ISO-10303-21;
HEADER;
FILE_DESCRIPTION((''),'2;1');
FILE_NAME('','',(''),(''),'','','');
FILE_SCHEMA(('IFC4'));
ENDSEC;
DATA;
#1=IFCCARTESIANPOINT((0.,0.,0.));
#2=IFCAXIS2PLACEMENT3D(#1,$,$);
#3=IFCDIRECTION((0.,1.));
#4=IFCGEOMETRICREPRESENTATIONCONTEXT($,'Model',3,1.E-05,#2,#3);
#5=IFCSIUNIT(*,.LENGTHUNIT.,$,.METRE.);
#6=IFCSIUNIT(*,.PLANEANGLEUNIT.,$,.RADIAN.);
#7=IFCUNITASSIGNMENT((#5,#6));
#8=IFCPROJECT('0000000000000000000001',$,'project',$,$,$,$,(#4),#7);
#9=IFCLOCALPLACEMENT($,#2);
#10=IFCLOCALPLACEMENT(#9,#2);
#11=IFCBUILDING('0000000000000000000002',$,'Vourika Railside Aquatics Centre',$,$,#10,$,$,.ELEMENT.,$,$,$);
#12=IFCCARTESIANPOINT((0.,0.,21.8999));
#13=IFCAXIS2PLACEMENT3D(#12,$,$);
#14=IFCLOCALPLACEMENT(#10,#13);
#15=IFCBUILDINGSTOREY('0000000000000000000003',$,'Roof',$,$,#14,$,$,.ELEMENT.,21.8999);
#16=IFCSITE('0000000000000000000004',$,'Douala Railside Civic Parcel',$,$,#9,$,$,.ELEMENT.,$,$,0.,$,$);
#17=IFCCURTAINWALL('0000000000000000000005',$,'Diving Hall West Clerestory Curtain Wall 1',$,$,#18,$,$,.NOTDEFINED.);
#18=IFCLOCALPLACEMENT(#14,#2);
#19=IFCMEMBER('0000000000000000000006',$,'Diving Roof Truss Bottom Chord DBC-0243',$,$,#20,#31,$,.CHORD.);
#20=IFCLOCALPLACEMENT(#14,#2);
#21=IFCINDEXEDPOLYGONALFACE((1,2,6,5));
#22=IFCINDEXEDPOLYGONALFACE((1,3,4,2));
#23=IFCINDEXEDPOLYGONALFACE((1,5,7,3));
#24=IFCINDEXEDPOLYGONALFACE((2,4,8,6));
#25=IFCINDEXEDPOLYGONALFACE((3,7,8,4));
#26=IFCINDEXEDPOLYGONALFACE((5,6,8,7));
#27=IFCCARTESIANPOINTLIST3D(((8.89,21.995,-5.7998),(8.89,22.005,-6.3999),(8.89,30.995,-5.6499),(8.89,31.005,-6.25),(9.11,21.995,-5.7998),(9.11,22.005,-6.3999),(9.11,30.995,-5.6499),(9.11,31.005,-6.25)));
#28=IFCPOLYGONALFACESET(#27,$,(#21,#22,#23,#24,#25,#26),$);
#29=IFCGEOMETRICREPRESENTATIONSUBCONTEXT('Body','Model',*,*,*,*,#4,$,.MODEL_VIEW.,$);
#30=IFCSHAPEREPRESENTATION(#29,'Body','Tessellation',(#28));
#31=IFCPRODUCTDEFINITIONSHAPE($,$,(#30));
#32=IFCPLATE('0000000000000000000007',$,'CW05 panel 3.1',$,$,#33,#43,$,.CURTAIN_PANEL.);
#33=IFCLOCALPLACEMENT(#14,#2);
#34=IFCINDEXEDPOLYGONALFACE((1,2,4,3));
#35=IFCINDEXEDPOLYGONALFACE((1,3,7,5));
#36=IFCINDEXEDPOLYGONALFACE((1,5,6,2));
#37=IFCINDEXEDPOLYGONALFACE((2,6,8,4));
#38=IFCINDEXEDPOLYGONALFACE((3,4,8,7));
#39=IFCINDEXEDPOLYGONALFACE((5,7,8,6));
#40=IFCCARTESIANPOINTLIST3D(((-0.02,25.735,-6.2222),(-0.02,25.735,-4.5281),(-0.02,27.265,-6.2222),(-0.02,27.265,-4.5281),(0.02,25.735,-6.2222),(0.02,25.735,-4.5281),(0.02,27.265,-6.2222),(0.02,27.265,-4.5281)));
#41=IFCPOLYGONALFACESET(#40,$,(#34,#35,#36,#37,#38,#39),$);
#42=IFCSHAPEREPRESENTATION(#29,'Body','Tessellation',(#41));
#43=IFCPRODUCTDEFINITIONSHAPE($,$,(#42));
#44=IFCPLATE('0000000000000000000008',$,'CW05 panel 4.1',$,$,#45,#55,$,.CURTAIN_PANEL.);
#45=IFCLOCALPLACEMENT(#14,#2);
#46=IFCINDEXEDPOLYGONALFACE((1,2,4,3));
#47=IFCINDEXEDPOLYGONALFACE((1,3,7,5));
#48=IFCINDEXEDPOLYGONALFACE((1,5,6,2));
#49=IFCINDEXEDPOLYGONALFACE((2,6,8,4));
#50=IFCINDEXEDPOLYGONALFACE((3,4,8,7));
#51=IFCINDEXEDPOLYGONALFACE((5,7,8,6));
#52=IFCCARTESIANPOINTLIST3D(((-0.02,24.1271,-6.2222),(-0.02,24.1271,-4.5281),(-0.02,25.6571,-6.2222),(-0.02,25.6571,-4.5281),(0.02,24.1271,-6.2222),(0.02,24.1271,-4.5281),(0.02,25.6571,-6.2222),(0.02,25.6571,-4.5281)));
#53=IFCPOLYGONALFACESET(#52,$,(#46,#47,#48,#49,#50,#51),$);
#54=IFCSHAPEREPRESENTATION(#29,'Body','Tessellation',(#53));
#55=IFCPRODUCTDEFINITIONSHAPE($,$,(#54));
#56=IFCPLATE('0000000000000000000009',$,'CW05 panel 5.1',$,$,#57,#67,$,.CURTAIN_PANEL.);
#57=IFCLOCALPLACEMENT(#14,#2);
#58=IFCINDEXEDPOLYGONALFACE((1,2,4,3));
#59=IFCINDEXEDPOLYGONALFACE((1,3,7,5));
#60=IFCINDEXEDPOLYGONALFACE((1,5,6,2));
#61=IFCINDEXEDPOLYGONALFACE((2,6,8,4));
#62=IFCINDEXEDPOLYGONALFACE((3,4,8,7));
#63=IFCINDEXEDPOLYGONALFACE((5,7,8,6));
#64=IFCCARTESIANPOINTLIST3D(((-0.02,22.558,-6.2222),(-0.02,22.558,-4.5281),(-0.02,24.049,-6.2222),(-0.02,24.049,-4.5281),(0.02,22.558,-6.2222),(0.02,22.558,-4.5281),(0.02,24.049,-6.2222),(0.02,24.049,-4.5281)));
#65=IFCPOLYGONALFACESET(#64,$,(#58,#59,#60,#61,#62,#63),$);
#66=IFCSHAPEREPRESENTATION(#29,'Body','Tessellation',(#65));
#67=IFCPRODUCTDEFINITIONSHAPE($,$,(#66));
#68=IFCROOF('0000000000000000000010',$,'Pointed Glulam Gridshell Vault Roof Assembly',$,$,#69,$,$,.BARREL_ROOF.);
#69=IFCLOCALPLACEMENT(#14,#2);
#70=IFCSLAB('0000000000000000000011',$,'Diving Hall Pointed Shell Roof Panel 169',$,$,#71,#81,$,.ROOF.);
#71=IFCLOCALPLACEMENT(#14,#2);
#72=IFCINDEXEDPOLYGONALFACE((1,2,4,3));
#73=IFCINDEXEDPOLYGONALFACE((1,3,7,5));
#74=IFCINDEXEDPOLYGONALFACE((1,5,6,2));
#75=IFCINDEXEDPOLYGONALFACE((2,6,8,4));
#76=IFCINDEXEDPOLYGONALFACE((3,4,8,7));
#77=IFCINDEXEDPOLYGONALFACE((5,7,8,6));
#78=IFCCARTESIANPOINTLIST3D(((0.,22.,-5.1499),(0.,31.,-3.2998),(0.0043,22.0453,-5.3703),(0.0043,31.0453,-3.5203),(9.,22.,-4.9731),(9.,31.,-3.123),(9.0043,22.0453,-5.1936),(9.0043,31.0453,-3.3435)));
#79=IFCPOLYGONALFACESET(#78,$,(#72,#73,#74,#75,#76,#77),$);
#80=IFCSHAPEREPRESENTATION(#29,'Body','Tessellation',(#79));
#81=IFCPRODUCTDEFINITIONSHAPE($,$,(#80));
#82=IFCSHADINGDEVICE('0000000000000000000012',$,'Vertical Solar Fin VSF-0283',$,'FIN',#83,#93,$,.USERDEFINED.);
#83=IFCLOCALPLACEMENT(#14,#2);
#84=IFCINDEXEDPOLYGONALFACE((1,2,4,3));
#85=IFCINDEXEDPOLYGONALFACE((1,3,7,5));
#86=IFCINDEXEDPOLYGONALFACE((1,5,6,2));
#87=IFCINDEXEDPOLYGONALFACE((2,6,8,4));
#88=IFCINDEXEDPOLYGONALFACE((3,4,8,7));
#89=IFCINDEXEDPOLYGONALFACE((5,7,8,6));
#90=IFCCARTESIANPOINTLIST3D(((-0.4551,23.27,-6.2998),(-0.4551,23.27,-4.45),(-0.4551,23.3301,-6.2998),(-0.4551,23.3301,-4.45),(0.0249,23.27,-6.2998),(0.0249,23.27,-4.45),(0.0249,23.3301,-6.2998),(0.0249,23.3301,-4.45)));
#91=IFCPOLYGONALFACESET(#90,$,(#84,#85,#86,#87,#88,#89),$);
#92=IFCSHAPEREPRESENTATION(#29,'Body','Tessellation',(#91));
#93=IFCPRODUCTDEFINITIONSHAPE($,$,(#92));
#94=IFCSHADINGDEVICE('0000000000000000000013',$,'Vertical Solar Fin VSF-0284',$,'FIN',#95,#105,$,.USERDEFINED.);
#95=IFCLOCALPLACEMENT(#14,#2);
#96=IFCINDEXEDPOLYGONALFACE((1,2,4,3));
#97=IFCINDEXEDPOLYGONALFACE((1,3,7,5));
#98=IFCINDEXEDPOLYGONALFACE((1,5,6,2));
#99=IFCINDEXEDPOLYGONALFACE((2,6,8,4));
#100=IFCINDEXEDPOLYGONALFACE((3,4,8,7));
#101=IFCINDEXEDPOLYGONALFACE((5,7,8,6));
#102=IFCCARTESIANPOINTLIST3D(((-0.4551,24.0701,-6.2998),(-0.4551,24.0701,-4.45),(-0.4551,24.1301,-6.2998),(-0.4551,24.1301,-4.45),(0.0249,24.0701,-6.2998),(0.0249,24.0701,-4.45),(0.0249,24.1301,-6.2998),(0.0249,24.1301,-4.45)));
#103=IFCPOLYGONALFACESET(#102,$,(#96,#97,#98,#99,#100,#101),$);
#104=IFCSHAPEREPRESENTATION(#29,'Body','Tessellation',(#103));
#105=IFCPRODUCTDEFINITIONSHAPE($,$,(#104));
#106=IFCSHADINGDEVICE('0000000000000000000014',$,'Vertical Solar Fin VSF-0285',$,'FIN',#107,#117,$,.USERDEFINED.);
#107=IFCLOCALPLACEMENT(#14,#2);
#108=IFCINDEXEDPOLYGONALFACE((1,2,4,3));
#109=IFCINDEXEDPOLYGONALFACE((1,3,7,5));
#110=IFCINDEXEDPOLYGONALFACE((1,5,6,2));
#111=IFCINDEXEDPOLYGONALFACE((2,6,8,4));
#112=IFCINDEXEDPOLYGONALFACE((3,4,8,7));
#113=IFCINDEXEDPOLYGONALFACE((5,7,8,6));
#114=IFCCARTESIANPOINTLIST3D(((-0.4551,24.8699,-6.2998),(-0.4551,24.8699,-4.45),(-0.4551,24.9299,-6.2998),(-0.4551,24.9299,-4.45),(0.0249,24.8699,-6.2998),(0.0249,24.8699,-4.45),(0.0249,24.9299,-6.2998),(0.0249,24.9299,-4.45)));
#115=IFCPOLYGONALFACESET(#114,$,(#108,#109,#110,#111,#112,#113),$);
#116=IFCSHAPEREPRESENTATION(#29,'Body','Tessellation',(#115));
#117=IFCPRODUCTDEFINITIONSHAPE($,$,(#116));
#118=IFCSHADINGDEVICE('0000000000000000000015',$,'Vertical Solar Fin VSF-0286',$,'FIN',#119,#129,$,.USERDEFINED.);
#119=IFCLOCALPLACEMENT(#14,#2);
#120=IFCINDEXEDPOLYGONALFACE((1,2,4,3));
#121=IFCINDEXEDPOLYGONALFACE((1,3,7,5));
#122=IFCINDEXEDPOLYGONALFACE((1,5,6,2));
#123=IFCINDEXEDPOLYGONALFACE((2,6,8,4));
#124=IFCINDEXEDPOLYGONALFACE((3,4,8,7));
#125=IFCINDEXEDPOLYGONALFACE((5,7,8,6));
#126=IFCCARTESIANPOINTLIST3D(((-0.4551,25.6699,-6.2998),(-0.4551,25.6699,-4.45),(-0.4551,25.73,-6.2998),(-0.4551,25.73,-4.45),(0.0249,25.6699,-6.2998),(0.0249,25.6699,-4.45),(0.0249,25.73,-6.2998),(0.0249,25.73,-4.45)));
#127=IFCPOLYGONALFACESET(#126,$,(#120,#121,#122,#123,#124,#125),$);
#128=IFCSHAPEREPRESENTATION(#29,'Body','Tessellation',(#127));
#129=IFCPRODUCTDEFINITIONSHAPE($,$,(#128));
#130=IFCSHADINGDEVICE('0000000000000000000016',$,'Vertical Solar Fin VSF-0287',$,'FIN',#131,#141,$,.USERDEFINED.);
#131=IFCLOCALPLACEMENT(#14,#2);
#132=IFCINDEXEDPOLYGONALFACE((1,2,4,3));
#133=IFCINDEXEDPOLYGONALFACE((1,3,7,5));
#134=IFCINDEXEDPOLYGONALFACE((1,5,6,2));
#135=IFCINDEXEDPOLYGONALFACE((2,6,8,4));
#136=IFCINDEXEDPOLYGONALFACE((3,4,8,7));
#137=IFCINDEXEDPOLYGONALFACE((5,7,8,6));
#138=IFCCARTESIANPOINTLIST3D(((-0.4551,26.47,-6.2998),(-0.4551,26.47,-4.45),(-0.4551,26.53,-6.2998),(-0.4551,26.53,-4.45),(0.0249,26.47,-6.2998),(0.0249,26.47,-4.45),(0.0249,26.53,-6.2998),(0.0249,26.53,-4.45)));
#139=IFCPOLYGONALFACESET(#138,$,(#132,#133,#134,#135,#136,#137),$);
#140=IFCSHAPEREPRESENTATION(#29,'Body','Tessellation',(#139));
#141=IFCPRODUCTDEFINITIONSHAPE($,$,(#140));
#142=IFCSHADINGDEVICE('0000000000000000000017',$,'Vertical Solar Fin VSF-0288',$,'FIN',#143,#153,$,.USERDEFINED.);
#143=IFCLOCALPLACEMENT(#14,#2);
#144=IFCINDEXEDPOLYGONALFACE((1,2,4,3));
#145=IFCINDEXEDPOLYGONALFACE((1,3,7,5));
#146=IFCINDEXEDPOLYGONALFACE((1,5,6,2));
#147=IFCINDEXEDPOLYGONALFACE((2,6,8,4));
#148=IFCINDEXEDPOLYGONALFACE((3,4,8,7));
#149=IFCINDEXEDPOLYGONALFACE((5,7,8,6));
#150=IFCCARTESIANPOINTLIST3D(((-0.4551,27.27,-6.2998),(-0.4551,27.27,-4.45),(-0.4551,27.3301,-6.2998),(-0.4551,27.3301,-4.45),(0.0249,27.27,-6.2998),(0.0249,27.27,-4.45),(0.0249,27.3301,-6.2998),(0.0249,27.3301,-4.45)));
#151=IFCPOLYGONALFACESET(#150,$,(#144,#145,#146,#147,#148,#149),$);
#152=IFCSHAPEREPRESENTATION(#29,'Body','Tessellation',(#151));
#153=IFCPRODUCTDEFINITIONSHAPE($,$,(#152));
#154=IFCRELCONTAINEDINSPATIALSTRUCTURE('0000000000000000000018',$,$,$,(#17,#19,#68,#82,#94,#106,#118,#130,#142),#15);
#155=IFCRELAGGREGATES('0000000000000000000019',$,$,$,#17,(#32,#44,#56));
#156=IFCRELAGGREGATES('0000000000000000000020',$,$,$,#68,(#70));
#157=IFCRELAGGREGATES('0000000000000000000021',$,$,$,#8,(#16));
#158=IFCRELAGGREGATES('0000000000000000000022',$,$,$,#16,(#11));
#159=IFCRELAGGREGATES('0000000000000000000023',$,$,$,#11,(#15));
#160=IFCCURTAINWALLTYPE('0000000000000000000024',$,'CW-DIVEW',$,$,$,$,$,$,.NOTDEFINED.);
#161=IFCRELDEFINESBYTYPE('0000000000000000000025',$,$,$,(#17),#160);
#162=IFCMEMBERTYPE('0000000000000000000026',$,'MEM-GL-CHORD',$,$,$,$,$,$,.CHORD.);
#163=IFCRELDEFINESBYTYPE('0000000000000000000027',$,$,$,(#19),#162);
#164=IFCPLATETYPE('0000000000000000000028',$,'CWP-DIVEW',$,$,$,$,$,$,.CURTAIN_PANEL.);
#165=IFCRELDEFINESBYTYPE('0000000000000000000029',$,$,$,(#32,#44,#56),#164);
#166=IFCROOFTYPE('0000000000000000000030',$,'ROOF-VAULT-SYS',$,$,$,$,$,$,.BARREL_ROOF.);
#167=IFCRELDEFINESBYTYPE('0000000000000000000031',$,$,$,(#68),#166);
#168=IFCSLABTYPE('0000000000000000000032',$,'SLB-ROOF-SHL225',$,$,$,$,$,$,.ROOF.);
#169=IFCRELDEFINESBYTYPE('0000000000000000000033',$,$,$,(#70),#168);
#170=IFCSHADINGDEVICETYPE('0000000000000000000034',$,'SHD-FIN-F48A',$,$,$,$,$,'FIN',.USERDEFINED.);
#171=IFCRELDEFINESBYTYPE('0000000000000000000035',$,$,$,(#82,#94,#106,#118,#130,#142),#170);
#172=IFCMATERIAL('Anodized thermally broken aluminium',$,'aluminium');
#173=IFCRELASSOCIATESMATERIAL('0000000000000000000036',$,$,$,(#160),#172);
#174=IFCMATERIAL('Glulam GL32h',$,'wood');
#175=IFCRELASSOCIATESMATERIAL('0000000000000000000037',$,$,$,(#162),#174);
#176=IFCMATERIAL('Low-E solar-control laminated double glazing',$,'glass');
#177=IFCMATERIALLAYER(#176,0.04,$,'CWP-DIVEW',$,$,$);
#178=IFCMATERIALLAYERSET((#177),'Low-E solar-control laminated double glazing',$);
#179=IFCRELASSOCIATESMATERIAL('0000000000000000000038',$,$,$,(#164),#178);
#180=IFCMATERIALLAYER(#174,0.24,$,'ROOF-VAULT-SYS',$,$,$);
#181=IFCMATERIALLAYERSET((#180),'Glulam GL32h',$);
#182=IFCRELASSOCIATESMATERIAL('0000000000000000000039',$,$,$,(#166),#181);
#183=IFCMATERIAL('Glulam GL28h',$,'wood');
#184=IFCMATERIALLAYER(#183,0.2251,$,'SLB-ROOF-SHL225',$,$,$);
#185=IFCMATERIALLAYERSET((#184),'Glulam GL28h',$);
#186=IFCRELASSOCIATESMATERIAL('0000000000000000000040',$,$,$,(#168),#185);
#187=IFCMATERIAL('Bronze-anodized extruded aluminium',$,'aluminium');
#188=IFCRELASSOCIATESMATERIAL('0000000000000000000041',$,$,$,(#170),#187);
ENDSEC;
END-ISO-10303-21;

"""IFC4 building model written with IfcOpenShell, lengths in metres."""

from ifc_helpers import new_model, si_unit, direction, frame, origin, origin_2d, place, context, subcontext, project, spatial, polyline, rectangle, outline, extrude, material, layer, layer_set, material_profile, profile_set, type_object, element, aggregate, save


model = new_model("IFC4")

# Units and contexts
model_context = context("Model", 3, precision=1e-05, world=origin(), true_north=direction((0.0, 1.0)))
body_context = subcontext(model_context, "Body", "Model", "MODEL_VIEW")
ifc_project = project(units=[si_unit("LENGTHUNIT", "METRE"), si_unit("PLANEANGLEUNIT", "RADIAN")], contexts=[model_context])

# Site, building, storey
site_placement = place(None, origin())
site = spatial("IfcSite", under=ifc_project, at=site_placement, Name="Douala Railside Civic Parcel", CompositionType="ELEMENT", RefElevation=0.0)
building_placement = place(site_placement, origin())
building = spatial("IfcBuilding", under=site, at=building_placement, Name="Vourika Railside Aquatics Centre", CompositionType="ELEMENT")
storey_placement = place(building_placement, frame((0.0, 0.0, 21.8999)))
storey = spatial("IfcBuildingStorey", under=building, at=storey_placement, Name="Roof", CompositionType="ELEMENT", Elevation=21.8999)

# Shared definitions
ifc_material_1 = material(Name="Glulam GL32h", Category="wood")

# Curtain wall
ifc_material_2 = material(Name="Anodized thermally broken aluminium", Category="aluminium")
curtain_wall_type = type_object("IfcCurtainWallType", Name="CW-DIVEW", PredefinedType="NOTDEFINED", material=ifc_material_2)
curtain_wall_placement = place(storey_placement, origin())
curtain_wall = element("IfcCurtainWall", 1, at=curtain_wall_placement, inside=storey, type_object=curtain_wall_type, Name="Diving Hall West Clerestory Curtain Wall 1", PredefinedType="NOTDEFINED")

# Member
ifc_material_profile_1 = material_profile(ifc_material_1, rectangle(XDim=0.22, YDim=0.6001, at=origin_2d()), Name="GL32h 220x600")
ifc_profile_set_1 = profile_set([ifc_material_profile_1], Name="Glulam GL32h")
member_type_1 = type_object("IfcMemberType", Name="MEM-GL-CHORD", PredefinedType="CHORD", material=ifc_profile_set_1)
member_1_placement = place(storey_placement, frame((9.0, 22.0, -6.0999), z_axis=(0.0, 0.999861, 0.016654), x_axis=(-1.0, 0.0, 0.0)))
element("IfcMember", 2, at=member_1_placement, inside=storey, type_object=member_type_1, Name="Diving Roof Truss Bottom Chord DBC-0243", PredefinedType="CHORD", context=body_context, shape_type="SweptSolid", body=[
    extrude(rectangle(XDim=0.22, YDim=0.6001, at=origin_2d()), origin(), (0.0, 0.0, 1.0), 9.0012),
])

# Plates
ifc_material_3 = material(Name="Low-E solar-control laminated double glazing", Category="glass")
ifc_layer_1 = layer(ifc_material_3, 0.04, Name="CWP-DIVEW")
ifc_layer_set_1 = layer_set([ifc_layer_1], Name="Low-E solar-control laminated double glazing")
plate_type = type_object("IfcPlateType", Name="CWP-DIVEW", PredefinedType="CURTAIN_PANEL", material=ifc_layer_set_1)
plate_1_placement = place(storey_placement, frame((0.0, 26.5, -6.2222), z_axis=(0.0, 0.0, 1.0), x_axis=(0.0, -1.0, 0.0)))
plate_1 = element("IfcPlate", 3, at=plate_1_placement, type_object=plate_type, Name="CW05 panel 3.1", PredefinedType="CURTAIN_PANEL", context=body_context, shape_type="SweptSolid", body=[
    extrude(rectangle(XDim=1.53, YDim=0.04, at=origin_2d()), origin(), (0.0, 0.0, 1.0), 1.6941),
])
plate_2_placement = place(storey_placement, frame((0.0, 24.8921, -6.2222), z_axis=(0.0, 0.0, 1.0), x_axis=(0.0, -1.0, 0.0)))
plate_2 = element("IfcPlate", 4, at=plate_2_placement, type_object=plate_type, Name="CW05 panel 4.1", PredefinedType="CURTAIN_PANEL", context=body_context, shape_type="SweptSolid", body=[
    extrude(rectangle(XDim=1.53, YDim=0.04, at=origin_2d()), origin(), (0.0, 0.0, 1.0), 1.6941),
])
plate_3_placement = place(storey_placement, frame((0.0, 23.3035, -6.2222), z_axis=(0.0, 0.0, 1.0), x_axis=(0.0, -1.0, 0.0)))
plate_3 = element("IfcPlate", 5, at=plate_3_placement, type_object=plate_type, Name="CW05 panel 5.1", PredefinedType="CURTAIN_PANEL", context=body_context, shape_type="SweptSolid", body=[
    extrude(rectangle(XDim=1.491, YDim=0.04, at=origin_2d()), origin(), (0.0, 0.0, 1.0), 1.6941),
])
aggregate(curtain_wall, [plate_1, plate_2, plate_3])

# Roof, slab
ifc_layer_2 = layer(ifc_material_1, 0.24, Name="ROOF-VAULT-SYS")
ifc_layer_set_2 = layer_set([ifc_layer_2], Name="Glulam GL32h")
roof_type = type_object("IfcRoofType", Name="ROOF-VAULT-SYS", PredefinedType="BARREL_ROOF", material=ifc_layer_set_2)
roof_placement = place(storey_placement, origin())
roof = element("IfcRoof", 6, at=roof_placement, inside=storey, type_object=roof_type, Name="Pointed Glulam Gridshell Vault Roof Assembly", PredefinedType="BARREL_ROOF")
ifc_material_4 = material(Name="Glulam GL28h", Category="wood")
ifc_layer_3 = layer(ifc_material_4, 0.2251, Name="SLB-ROOF-SHL225")
ifc_layer_set_3 = layer_set([ifc_layer_3], Name="Glulam GL28h")
slab_type = type_object("IfcSlabType", Name="SLB-ROOF-SHL225", PredefinedType="ROOF", material=ifc_layer_set_3)
slab_placement = place(storey_placement, frame((0.0, 22.0, -5.1499), z_axis=(-0.019234, -0.201319, 0.979337), x_axis=(0.999807, 0.0, 0.019636)))
slab = element("IfcSlab", 7, at=slab_placement, type_object=slab_type, Name="Diving Hall Pointed Shell Roof Panel 169", PredefinedType="ROOF", context=body_context, shape_type="SweptSolid", body=[
    extrude(outline(polyline([(0.0, 0.0), (9.0017, 0.0), (9.0381, 9.1881), (0.0363, 9.1881), (0.0, 0.0)])), origin(), (0.0, 0.0, -1.0), 0.2251),
])
aggregate(roof, [slab])

# Shading devices
ifc_material_5 = material(Name="Bronze-anodized extruded aluminium", Category="aluminium")
ifc_material_profile_2 = material_profile(ifc_material_5, rectangle(XDim=0.0601, YDim=0.48, at=origin_2d()), Name="ALU-FIN 60x480")
ifc_profile_set_2 = profile_set([ifc_material_profile_2], Name="Bronze-anodized extruded aluminium")
shading_device_type = type_object("IfcShadingDeviceType", Name="SHD-FIN-F48A", ElementType="FIN", PredefinedType="USERDEFINED", material=ifc_profile_set_2)
for number, where, z_axis, x_axis, name in (
    (8, (-0.2151, 23.3, -6.2998), (0.0, 0.0, 1.0), (0.0, 1.0, 0.0), "Vertical Solar Fin VSF-0283"),
    (9, (-0.2151, 24.1001, -6.2998), (0.0, 0.0, 1.0), (0.0, 1.0, 0.0), "Vertical Solar Fin VSF-0284"),
    (10, (-0.2151, 24.8999, -6.2998), (0.0, 0.0, 1.0), (0.0, 1.0, 0.0), "Vertical Solar Fin VSF-0285"),
    (11, (-0.2151, 25.7, -6.2998), (0.0, 0.0, 1.0), (0.0, 1.0, 0.0), "Vertical Solar Fin VSF-0286"),
    (12, (-0.2151, 26.5, -6.2998), (0.0, 0.0, 1.0), (0.0, 1.0, 0.0), "Vertical Solar Fin VSF-0287"),
    (13, (-0.2151, 27.3, -6.2998), (0.0, 0.0, 1.0), (0.0, 1.0, 0.0), "Vertical Solar Fin VSF-0288"),
):
    element("IfcShadingDevice", number, at=place(storey_placement, frame(where, z_axis=z_axis, x_axis=x_axis)), inside=storey, type_object=shading_device_type, Name=name, ObjectType="FIN", PredefinedType="USERDEFINED", context=body_context, shape_type="SweptSolid", body=[
        extrude(rectangle(XDim=0.0601, YDim=0.48, at=origin_2d()), origin(), (0.0, 0.0, 1.0), 1.8499),
    ])

save(model, "model.ifc")
